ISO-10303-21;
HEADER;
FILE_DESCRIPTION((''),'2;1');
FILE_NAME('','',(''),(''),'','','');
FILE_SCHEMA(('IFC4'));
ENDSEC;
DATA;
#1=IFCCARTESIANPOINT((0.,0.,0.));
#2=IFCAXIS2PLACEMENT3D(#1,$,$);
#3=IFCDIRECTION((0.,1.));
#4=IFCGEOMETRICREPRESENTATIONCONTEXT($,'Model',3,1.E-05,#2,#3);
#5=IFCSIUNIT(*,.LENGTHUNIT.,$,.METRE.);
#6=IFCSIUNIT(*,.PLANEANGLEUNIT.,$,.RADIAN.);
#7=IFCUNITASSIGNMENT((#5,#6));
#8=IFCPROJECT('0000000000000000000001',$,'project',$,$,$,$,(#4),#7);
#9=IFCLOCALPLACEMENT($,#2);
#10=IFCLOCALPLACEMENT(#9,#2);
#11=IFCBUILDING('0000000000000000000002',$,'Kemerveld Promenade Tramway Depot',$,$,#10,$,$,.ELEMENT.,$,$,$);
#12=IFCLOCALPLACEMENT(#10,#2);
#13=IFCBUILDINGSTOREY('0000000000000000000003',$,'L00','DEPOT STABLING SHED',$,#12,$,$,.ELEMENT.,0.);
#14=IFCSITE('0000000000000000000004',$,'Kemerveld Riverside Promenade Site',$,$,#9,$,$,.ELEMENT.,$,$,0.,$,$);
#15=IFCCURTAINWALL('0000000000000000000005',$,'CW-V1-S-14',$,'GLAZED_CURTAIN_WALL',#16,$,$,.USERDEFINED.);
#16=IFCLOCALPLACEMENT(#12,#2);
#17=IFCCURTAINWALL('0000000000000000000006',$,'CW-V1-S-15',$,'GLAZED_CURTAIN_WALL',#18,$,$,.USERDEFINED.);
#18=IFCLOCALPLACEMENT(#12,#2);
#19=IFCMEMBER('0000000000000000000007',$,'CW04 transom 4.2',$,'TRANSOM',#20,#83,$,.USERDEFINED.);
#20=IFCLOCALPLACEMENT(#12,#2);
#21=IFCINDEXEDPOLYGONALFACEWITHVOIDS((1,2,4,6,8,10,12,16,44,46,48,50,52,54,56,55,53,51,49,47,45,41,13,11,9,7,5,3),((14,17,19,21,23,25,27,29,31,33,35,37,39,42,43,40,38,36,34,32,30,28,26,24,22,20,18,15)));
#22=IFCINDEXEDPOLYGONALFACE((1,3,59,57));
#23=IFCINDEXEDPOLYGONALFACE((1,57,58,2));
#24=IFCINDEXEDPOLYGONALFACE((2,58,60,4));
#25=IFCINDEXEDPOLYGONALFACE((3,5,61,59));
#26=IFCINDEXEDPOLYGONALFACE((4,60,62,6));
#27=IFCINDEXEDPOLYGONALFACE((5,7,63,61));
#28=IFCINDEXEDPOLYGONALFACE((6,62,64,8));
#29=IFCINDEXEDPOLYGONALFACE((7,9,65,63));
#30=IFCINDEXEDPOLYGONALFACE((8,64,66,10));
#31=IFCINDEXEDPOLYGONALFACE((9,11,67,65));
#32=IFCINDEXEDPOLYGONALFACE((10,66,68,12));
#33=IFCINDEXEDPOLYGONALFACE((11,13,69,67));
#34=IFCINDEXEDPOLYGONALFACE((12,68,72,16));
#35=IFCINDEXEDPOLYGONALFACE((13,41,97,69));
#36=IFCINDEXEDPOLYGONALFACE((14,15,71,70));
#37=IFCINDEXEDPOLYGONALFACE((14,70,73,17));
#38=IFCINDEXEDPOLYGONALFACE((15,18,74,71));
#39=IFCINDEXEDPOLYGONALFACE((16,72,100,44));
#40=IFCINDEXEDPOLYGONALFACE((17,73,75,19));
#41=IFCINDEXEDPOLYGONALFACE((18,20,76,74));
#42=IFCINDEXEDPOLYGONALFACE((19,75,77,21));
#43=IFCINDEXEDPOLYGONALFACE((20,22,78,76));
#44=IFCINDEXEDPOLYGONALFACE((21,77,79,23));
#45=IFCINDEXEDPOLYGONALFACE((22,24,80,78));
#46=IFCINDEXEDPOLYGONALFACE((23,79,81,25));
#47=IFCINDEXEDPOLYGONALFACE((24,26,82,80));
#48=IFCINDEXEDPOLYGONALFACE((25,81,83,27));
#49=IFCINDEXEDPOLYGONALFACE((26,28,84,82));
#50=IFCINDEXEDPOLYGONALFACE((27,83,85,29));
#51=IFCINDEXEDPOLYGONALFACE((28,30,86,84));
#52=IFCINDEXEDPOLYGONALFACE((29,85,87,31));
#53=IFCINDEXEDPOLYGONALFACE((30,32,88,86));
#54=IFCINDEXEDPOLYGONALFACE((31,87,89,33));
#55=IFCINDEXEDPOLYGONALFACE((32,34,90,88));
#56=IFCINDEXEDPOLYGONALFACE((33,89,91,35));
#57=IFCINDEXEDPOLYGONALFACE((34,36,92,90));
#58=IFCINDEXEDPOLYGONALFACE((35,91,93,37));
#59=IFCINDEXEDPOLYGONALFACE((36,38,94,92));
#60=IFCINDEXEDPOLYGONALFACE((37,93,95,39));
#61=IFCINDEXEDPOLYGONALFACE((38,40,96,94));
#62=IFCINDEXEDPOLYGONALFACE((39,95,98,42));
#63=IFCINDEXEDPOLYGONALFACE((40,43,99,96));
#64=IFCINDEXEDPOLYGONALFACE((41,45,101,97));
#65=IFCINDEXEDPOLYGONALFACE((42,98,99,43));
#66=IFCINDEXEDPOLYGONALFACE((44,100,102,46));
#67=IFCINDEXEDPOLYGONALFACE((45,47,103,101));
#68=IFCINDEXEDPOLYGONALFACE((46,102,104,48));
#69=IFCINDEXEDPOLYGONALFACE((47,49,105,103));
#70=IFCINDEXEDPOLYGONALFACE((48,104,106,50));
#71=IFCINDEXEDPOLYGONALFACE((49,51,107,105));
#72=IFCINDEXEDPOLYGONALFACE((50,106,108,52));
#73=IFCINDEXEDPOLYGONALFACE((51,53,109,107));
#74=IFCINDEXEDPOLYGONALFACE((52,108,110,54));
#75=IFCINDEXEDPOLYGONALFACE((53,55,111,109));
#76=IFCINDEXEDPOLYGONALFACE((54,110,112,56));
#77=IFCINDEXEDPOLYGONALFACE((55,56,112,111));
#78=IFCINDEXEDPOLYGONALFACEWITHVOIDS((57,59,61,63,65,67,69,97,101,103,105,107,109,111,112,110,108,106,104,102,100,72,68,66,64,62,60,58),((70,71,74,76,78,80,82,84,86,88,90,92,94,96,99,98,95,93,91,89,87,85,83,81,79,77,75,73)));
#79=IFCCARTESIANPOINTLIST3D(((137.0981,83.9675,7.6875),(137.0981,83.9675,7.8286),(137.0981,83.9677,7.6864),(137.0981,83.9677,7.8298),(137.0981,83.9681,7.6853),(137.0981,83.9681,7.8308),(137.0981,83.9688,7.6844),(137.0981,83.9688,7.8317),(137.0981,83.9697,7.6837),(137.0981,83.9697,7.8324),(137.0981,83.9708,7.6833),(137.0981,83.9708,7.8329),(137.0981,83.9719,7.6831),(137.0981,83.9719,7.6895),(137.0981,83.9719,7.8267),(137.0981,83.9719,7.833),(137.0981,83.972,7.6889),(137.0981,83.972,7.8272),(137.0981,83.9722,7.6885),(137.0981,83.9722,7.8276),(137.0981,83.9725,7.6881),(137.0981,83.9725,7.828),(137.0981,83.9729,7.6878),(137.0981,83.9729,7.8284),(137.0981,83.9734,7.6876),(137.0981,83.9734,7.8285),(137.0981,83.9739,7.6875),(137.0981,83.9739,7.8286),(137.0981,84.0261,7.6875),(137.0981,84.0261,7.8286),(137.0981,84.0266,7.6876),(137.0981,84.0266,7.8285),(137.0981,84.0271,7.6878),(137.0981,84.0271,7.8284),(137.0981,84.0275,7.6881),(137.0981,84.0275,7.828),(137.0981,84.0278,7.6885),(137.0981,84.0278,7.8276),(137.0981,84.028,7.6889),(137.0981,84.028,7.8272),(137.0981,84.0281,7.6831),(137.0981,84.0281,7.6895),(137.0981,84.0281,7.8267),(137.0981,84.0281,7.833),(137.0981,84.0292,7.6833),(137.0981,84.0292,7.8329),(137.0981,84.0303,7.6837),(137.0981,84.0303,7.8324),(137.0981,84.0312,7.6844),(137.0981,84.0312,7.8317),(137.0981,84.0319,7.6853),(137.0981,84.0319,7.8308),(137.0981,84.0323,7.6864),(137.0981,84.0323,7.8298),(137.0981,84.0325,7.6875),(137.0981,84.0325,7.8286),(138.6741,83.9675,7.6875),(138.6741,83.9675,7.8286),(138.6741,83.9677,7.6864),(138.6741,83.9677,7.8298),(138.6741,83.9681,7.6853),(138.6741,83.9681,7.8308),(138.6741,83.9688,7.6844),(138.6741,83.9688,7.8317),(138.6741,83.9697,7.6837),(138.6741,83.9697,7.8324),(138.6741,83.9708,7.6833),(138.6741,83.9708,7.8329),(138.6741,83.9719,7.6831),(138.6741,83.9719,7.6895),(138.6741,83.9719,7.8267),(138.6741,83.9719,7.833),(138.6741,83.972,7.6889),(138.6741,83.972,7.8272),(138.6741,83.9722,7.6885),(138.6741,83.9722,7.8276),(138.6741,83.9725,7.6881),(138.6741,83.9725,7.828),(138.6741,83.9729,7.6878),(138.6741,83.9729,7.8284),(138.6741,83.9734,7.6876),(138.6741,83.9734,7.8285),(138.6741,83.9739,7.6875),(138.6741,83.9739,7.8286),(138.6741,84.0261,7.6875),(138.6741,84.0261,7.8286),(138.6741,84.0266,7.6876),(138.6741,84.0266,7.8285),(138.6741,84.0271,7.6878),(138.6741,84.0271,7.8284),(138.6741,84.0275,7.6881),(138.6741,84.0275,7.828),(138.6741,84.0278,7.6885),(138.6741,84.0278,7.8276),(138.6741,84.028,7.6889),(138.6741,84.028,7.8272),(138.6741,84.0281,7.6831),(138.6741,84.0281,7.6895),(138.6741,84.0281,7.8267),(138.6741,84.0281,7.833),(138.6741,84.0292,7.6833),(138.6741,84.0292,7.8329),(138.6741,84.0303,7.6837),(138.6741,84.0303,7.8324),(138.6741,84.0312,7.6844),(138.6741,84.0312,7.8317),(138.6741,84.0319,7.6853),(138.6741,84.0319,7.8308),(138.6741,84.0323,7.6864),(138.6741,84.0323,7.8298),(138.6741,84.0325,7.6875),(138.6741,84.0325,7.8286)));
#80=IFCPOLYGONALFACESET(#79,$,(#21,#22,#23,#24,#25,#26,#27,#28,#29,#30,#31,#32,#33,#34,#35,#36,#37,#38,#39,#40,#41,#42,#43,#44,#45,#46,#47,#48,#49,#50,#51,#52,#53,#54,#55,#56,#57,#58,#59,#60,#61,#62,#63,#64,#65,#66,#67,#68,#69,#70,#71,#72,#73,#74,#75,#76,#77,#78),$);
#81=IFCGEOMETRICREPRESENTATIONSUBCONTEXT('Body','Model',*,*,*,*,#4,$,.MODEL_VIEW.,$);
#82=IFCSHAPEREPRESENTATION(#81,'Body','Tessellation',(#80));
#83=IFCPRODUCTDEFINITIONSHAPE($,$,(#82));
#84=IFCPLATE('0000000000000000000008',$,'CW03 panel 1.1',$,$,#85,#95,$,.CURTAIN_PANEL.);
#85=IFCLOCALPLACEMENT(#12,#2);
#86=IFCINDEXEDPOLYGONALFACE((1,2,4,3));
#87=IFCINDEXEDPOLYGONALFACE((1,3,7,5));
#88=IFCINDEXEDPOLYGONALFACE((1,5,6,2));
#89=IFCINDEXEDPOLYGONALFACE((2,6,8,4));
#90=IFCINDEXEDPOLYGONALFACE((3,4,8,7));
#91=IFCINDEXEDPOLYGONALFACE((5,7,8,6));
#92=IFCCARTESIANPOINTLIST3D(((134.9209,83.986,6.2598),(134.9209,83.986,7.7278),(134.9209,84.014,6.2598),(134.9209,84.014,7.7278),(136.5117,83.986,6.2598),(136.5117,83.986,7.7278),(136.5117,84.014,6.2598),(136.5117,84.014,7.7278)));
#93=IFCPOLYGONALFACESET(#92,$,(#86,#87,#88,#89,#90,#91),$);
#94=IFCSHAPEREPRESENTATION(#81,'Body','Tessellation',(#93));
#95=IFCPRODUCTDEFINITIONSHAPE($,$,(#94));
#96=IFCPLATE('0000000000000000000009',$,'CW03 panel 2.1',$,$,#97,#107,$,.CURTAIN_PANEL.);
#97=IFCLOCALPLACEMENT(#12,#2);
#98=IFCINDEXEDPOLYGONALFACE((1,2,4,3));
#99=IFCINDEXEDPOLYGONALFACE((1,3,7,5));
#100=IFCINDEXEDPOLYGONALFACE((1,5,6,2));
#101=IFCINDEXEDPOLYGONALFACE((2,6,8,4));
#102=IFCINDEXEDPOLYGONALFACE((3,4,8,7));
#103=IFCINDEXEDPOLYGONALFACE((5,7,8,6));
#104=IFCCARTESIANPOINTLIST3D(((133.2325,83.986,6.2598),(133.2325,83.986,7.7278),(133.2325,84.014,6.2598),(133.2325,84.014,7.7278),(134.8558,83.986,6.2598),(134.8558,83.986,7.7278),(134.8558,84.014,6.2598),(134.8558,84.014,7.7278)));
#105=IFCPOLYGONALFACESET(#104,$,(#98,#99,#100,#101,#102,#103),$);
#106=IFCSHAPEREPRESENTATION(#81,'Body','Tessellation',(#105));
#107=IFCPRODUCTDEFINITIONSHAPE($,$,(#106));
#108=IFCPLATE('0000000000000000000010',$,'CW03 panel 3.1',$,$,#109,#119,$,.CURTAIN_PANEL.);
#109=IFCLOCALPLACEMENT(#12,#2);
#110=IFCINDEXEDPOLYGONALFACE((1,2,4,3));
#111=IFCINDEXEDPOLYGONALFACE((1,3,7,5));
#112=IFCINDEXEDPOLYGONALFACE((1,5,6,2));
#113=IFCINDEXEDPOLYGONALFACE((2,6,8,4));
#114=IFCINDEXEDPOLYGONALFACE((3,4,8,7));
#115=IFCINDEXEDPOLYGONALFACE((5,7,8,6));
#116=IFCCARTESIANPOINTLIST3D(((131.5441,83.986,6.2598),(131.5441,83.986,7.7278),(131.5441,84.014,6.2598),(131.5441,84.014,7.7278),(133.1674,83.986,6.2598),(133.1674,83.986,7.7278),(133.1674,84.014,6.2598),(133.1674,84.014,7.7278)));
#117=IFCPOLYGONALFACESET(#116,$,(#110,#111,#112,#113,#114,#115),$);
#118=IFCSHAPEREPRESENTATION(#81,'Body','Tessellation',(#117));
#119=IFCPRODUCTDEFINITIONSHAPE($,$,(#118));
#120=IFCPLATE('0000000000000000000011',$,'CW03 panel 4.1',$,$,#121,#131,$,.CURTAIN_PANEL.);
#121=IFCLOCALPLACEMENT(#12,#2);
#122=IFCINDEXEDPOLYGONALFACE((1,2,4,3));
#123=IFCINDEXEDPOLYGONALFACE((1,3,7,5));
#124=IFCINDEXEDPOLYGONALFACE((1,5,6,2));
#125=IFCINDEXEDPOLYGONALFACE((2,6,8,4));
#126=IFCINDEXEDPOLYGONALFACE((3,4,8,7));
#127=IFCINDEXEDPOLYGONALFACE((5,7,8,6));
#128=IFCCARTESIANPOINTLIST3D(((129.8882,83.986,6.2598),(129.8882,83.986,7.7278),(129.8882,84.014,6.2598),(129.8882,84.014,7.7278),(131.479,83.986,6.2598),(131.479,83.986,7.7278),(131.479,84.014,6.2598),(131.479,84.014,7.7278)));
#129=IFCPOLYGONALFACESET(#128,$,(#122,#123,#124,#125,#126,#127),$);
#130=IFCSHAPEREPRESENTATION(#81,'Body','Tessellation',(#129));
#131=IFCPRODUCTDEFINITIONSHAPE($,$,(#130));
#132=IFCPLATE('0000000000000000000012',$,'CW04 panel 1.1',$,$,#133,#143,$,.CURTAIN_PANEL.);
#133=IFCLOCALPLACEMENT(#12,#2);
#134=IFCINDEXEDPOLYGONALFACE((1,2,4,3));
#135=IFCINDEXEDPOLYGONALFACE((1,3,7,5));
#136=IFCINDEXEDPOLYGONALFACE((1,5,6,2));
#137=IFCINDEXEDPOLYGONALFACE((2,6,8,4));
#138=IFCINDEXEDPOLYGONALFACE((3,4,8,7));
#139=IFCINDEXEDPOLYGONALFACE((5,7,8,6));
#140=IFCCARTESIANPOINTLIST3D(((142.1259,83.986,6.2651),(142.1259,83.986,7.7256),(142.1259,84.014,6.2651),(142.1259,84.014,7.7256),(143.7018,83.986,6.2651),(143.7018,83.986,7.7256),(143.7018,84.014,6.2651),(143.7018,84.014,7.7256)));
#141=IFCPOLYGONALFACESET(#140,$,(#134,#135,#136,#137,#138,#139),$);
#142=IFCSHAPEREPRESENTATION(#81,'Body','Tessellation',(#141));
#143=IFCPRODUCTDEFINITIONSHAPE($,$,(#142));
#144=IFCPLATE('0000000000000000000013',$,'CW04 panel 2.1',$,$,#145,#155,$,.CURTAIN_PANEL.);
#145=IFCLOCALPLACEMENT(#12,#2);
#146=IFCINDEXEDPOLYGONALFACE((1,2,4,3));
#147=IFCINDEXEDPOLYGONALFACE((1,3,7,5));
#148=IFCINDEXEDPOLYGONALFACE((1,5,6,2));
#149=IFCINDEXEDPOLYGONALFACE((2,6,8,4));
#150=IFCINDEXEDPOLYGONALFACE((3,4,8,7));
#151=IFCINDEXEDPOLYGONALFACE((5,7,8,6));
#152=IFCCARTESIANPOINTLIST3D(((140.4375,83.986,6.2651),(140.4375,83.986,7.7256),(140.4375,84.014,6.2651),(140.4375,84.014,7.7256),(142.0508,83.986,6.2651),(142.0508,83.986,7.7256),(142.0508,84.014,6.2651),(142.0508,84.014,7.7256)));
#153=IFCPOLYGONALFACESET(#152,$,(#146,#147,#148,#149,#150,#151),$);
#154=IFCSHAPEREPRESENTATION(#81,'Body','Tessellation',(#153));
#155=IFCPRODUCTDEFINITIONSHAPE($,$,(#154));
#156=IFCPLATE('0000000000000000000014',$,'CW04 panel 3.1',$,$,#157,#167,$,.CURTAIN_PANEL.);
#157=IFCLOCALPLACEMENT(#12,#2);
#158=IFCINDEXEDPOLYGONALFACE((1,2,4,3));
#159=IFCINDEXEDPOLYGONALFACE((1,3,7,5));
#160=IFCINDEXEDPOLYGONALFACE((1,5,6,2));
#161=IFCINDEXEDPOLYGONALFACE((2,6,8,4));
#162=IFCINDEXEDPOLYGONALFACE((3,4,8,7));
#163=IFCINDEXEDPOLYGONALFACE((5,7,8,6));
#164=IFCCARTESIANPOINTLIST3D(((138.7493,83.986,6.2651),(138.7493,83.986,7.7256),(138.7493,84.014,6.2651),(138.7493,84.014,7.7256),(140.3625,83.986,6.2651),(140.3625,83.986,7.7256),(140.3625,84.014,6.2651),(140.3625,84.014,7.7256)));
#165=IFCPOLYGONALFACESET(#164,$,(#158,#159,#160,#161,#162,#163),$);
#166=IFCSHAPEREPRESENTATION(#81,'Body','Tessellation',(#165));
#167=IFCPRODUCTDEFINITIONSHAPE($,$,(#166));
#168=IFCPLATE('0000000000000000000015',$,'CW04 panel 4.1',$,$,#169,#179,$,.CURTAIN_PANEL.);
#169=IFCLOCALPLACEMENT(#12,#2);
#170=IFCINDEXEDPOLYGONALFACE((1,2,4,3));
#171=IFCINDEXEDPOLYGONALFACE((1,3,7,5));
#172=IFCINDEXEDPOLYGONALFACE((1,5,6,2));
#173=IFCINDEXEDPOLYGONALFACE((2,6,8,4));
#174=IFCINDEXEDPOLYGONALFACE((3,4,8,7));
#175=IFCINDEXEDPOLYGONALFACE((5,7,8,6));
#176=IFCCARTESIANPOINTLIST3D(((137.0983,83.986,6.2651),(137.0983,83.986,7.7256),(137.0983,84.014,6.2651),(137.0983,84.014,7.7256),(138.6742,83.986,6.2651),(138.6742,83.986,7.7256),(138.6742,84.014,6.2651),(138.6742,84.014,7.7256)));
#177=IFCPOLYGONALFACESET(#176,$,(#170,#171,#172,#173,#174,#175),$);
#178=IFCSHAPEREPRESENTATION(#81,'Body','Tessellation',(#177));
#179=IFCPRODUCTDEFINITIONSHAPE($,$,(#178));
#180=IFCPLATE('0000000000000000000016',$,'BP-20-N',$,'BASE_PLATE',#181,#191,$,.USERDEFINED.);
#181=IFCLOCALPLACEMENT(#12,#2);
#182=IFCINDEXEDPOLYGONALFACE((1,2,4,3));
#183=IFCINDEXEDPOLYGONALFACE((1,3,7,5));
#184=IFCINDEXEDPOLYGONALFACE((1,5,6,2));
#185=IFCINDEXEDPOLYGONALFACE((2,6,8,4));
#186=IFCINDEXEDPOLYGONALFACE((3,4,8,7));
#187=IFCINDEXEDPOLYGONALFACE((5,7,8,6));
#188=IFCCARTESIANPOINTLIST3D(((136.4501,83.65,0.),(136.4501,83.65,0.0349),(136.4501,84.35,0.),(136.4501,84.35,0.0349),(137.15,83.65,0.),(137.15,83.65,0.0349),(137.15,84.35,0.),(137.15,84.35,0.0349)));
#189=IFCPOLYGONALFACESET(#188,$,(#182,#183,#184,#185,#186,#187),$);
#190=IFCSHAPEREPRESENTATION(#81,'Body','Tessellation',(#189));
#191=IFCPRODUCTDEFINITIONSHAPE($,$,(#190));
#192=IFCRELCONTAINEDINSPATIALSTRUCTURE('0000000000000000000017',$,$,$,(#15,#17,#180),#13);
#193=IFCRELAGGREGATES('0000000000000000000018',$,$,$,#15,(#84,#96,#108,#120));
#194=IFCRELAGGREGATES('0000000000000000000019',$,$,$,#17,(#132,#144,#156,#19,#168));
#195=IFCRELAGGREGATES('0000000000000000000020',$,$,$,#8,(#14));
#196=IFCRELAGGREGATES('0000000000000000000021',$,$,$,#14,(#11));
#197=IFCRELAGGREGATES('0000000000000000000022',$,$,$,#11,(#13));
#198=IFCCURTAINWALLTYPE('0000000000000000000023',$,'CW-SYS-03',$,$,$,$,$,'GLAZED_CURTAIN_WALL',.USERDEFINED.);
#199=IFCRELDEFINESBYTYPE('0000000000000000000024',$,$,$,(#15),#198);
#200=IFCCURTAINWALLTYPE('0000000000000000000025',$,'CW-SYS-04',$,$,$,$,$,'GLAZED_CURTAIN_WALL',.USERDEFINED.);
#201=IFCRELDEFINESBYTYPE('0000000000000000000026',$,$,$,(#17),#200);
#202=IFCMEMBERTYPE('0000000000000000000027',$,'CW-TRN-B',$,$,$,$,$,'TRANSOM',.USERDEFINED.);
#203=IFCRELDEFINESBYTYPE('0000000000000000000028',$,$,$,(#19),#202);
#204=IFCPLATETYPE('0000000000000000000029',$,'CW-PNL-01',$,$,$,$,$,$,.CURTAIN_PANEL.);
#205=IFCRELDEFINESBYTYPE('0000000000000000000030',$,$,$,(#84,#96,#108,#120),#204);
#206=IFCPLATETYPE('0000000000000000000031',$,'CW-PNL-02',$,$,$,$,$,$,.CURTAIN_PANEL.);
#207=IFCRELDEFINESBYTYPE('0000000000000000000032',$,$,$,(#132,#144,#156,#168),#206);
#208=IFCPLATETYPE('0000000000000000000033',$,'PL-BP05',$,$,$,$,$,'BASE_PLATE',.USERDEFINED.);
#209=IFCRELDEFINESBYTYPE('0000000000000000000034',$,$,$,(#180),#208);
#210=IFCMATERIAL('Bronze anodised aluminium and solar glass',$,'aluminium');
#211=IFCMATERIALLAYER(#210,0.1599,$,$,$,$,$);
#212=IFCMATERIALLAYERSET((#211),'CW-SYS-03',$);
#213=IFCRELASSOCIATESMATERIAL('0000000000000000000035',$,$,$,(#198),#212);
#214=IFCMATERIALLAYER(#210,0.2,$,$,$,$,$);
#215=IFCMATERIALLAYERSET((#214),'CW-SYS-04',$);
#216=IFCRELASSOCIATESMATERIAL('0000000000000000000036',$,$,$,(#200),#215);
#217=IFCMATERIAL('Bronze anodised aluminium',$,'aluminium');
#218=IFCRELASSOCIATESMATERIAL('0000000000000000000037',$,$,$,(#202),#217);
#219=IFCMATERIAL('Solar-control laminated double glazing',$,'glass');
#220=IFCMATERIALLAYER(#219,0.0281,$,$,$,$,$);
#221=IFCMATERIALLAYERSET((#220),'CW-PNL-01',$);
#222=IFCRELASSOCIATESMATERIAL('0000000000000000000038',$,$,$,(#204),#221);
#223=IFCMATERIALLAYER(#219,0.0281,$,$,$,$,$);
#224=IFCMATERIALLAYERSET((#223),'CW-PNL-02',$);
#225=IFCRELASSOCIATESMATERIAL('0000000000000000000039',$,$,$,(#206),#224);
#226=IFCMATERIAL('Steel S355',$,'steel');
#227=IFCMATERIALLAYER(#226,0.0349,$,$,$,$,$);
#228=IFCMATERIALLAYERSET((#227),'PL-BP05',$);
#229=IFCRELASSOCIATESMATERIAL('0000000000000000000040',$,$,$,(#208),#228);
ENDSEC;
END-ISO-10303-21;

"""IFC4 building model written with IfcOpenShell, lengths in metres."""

from ifc_helpers import new_model, si_unit, direction, frame, origin, origin_2d, place, context, subcontext, project, spatial, rectangle, hollow_rectangle, extrude, material, layer, layer_set, material_profile, profile_set, type_object, element, aggregate, save


model = new_model("IFC4")

# Units and contexts
model_context = context("Model", 3, precision=1e-05, world=origin(), true_north=direction((0.0, 1.0)))
body_context = subcontext(model_context, "Body", "Model", "MODEL_VIEW")
ifc_project = project(units=[si_unit("LENGTHUNIT", "METRE"), si_unit("PLANEANGLEUNIT", "RADIAN")], contexts=[model_context])

# Site, building, storey
site_placement = place(None, origin())
site = spatial("IfcSite", under=ifc_project, at=site_placement, Name="Kemerveld Riverside Promenade Site", CompositionType="ELEMENT", RefElevation=0.0)
building_placement = place(site_placement, origin())
building = spatial("IfcBuilding", under=site, at=building_placement, Name="Kemerveld Promenade Tramway Depot", CompositionType="ELEMENT")
storey_placement = place(building_placement, origin())
storey = spatial("IfcBuildingStorey", under=building, at=storey_placement, Name="L00", Description="DEPOT STABLING SHED", CompositionType="ELEMENT", Elevation=0.0)

# Shared definitions
ifc_material_1 = material(Name="Steel S355", Category="steel")

# Curtain walls
ifc_material_2 = material(Name="Bronze anodised aluminium and solar glass", Category="aluminium")
ifc_layer_1 = layer(ifc_material_2, 0.1599)
ifc_layer_set_1 = layer_set([ifc_layer_1], Name="CW-SYS-03")
curtain_wall_type_1 = type_object("IfcCurtainWallType", Name="CW-SYS-03", ElementType="GLAZED_CURTAIN_WALL", PredefinedType="USERDEFINED", material=ifc_layer_set_1)
curtain_wall_1_placement = place(storey_placement, origin())
curtain_wall_1 = element("IfcCurtainWall", 1, at=curtain_wall_1_placement, inside=storey, type_object=curtain_wall_type_1, Name="CW-V1-S-14", ObjectType="GLAZED_CURTAIN_WALL", PredefinedType="USERDEFINED")
ifc_material_3 = material(Name="Bronze anodised aluminium", Category="aluminium")
ifc_layer_2 = layer(ifc_material_2, 0.2)
ifc_layer_set_2 = layer_set([ifc_layer_2], Name="CW-SYS-04")
curtain_wall_type_2 = type_object("IfcCurtainWallType", Name="CW-SYS-04", ElementType="GLAZED_CURTAIN_WALL", PredefinedType="USERDEFINED", material=ifc_layer_set_2)
curtain_wall_2_placement = place(storey_placement, origin())
curtain_wall_2 = element("IfcCurtainWall", 2, at=curtain_wall_2_placement, inside=storey, type_object=curtain_wall_type_2, Name="CW-V1-S-15", ObjectType="GLAZED_CURTAIN_WALL", PredefinedType="USERDEFINED")

# Member
ifc_material_profile_1 = material_profile(ifc_material_3, hollow_rectangle(XDim=0.0649, YDim=0.1499, WallThickness=0.0044, InnerFilletRadius=0.002, OuterFilletRadius=0.0044, at=origin_2d()), Name="CW-TRN-150x65")
ifc_profile_set_1 = profile_set([ifc_material_profile_1], Name="Bronze anodised aluminium")
member_type_1 = type_object("IfcMemberType", Name="CW-TRN-B", ElementType="TRANSOM", PredefinedType="USERDEFINED", material=ifc_profile_set_1)
member_1_placement = place(storey_placement, frame((138.6741, 84.0, 7.7581), z_axis=(-1.0, 0.0, 0.0), x_axis=(0.0, -1.0, 0.0)))
member_1 = element("IfcMember", 3, at=member_1_placement, type_object=member_type_1, Name="CW04 transom 4.2", ObjectType="TRANSOM", PredefinedType="USERDEFINED", context=body_context, shape_type="SweptSolid", body=[
    extrude(hollow_rectangle(XDim=0.0649, YDim=0.1499, WallThickness=0.0044, InnerFilletRadius=0.002, OuterFilletRadius=0.0044, at=origin_2d()), origin(), (0.0, 0.0, 1.0), 1.5759),
])

# Plates
ifc_material_4 = material(Name="Solar-control laminated double glazing", Category="glass")
ifc_layer_3 = layer(ifc_material_4, 0.0281)
ifc_layer_set_3 = layer_set([ifc_layer_3], Name="CW-PNL-01")
plate_type_1 = type_object("IfcPlateType", Name="CW-PNL-01", PredefinedType="CURTAIN_PANEL", material=ifc_layer_set_3)
plate_1_placement = place(storey_placement, frame((135.7163, 84.0, 6.2598), z_axis=(0.0, 0.0, 1.0), x_axis=(-1.0, 0.0, 0.0)))
plate_1 = element("IfcPlate", 4, at=plate_1_placement, type_object=plate_type_1, Name="CW03 panel 1.1", PredefinedType="CURTAIN_PANEL", context=body_context, shape_type="SweptSolid", body=[
    extrude(rectangle(XDim=1.5908, YDim=0.0281, at=origin_2d()), origin(), (0.0, 0.0, 1.0), 1.468),
])
plate_2_placement = place(storey_placement, frame((134.0442, 84.0, 6.2598), z_axis=(0.0, 0.0, 1.0), x_axis=(-1.0, 0.0, 0.0)))
plate_2 = element("IfcPlate", 5, at=plate_2_placement, type_object=plate_type_1, Name="CW03 panel 2.1", PredefinedType="CURTAIN_PANEL", context=body_context, shape_type="SweptSolid", body=[
    extrude(rectangle(XDim=1.6233, YDim=0.0281, at=origin_2d()), origin(), (0.0, 0.0, 1.0), 1.468),
])
plate_3_placement = place(storey_placement, frame((132.3557, 84.0, 6.2598), z_axis=(0.0, 0.0, 1.0), x_axis=(-1.0, 0.0, 0.0)))
plate_3 = element("IfcPlate", 6, at=plate_3_placement, type_object=plate_type_1, Name="CW03 panel 3.1", PredefinedType="CURTAIN_PANEL", context=body_context, shape_type="SweptSolid", body=[
    extrude(rectangle(XDim=1.6233, YDim=0.0281, at=origin_2d()), origin(), (0.0, 0.0, 1.0), 1.468),
])
plate_4_placement = place(storey_placement, frame((130.6836, 84.0, 6.2598), z_axis=(0.0, 0.0, 1.0), x_axis=(-1.0, 0.0, 0.0)))
plate_4 = element("IfcPlate", 7, at=plate_4_placement, type_object=plate_type_1, Name="CW03 panel 4.1", PredefinedType="CURTAIN_PANEL", context=body_context, shape_type="SweptSolid", body=[
    extrude(rectangle(XDim=1.5908, YDim=0.0281, at=origin_2d()), origin(), (0.0, 0.0, 1.0), 1.468),
])
aggregate(curtain_wall_1, [plate_1, plate_2, plate_3, plate_4])
ifc_layer_4 = layer(ifc_material_4, 0.0281)
ifc_layer_set_4 = layer_set([ifc_layer_4], Name="CW-PNL-02")
plate_type_2 = type_object("IfcPlateType", Name="CW-PNL-02", PredefinedType="CURTAIN_PANEL", material=ifc_layer_set_4)
plate_5_placement = place(storey_placement, frame((142.9138, 84.0, 6.2651), z_axis=(0.0, 0.0, 1.0), x_axis=(-1.0, 0.0, 0.0)))
plate_5 = element("IfcPlate", 8, at=plate_5_placement, type_object=plate_type_2, Name="CW04 panel 1.1", PredefinedType="CURTAIN_PANEL", context=body_context, shape_type="SweptSolid", body=[
    extrude(rectangle(XDim=1.5759, YDim=0.0281, at=origin_2d()), origin(), (0.0, 0.0, 1.0), 1.4604),
])
plate_6_placement = place(storey_placement, frame((141.2441, 84.0, 6.2651), z_axis=(0.0, 0.0, 1.0), x_axis=(-1.0, 0.0, 0.0)))
plate_6 = element("IfcPlate", 9, at=plate_6_placement, type_object=plate_type_2, Name="CW04 panel 2.1", PredefinedType="CURTAIN_PANEL", context=body_context, shape_type="SweptSolid", body=[
    extrude(rectangle(XDim=1.6133, YDim=0.0281, at=origin_2d()), origin(), (0.0, 0.0, 1.0), 1.4604),
])
plate_7_placement = place(storey_placement, frame((139.5559, 84.0, 6.2651), z_axis=(0.0, 0.0, 1.0), x_axis=(-1.0, 0.0, 0.0)))
plate_7 = element("IfcPlate", 10, at=plate_7_placement, type_object=plate_type_2, Name="CW04 panel 3.1", PredefinedType="CURTAIN_PANEL", context=body_context, shape_type="SweptSolid", body=[
    extrude(rectangle(XDim=1.6133, YDim=0.0281, at=origin_2d()), origin(), (0.0, 0.0, 1.0), 1.4604),
])
plate_8_placement = place(storey_placement, frame((137.8862, 84.0, 6.2651), z_axis=(0.0, 0.0, 1.0), x_axis=(-1.0, 0.0, 0.0)))
plate_8 = element("IfcPlate", 11, at=plate_8_placement, type_object=plate_type_2, Name="CW04 panel 4.1", PredefinedType="CURTAIN_PANEL", context=body_context, shape_type="SweptSolid", body=[
    extrude(rectangle(XDim=1.5759, YDim=0.0281, at=origin_2d()), origin(), (0.0, 0.0, 1.0), 1.4604),
])
aggregate(curtain_wall_2, [plate_5, plate_6, plate_7, member_1, plate_8])
ifc_layer_5 = layer(ifc_material_1, 0.0349)
ifc_layer_set_5 = layer_set([ifc_layer_5], Name="PL-BP05")
plate_type_3 = type_object("IfcPlateType", Name="PL-BP05", ElementType="BASE_PLATE", PredefinedType="USERDEFINED", material=ifc_layer_set_5)
plate_9_placement = place(storey_placement, frame((136.8, 84.0, 0.0), z_axis=(0.0, 0.0, 1.0), x_axis=(1.0, 0.0, 0.0)))
element("IfcPlate", 12, at=plate_9_placement, inside=storey, type_object=plate_type_3, Name="BP-20-N", ObjectType="BASE_PLATE", PredefinedType="USERDEFINED", context=body_context, shape_type="SweptSolid", body=[
    extrude(rectangle(XDim=0.7, YDim=0.7, at=origin_2d()), origin(), (0.0, 0.0, 1.0), 0.0349),
])

save(model, "model.ifc")
